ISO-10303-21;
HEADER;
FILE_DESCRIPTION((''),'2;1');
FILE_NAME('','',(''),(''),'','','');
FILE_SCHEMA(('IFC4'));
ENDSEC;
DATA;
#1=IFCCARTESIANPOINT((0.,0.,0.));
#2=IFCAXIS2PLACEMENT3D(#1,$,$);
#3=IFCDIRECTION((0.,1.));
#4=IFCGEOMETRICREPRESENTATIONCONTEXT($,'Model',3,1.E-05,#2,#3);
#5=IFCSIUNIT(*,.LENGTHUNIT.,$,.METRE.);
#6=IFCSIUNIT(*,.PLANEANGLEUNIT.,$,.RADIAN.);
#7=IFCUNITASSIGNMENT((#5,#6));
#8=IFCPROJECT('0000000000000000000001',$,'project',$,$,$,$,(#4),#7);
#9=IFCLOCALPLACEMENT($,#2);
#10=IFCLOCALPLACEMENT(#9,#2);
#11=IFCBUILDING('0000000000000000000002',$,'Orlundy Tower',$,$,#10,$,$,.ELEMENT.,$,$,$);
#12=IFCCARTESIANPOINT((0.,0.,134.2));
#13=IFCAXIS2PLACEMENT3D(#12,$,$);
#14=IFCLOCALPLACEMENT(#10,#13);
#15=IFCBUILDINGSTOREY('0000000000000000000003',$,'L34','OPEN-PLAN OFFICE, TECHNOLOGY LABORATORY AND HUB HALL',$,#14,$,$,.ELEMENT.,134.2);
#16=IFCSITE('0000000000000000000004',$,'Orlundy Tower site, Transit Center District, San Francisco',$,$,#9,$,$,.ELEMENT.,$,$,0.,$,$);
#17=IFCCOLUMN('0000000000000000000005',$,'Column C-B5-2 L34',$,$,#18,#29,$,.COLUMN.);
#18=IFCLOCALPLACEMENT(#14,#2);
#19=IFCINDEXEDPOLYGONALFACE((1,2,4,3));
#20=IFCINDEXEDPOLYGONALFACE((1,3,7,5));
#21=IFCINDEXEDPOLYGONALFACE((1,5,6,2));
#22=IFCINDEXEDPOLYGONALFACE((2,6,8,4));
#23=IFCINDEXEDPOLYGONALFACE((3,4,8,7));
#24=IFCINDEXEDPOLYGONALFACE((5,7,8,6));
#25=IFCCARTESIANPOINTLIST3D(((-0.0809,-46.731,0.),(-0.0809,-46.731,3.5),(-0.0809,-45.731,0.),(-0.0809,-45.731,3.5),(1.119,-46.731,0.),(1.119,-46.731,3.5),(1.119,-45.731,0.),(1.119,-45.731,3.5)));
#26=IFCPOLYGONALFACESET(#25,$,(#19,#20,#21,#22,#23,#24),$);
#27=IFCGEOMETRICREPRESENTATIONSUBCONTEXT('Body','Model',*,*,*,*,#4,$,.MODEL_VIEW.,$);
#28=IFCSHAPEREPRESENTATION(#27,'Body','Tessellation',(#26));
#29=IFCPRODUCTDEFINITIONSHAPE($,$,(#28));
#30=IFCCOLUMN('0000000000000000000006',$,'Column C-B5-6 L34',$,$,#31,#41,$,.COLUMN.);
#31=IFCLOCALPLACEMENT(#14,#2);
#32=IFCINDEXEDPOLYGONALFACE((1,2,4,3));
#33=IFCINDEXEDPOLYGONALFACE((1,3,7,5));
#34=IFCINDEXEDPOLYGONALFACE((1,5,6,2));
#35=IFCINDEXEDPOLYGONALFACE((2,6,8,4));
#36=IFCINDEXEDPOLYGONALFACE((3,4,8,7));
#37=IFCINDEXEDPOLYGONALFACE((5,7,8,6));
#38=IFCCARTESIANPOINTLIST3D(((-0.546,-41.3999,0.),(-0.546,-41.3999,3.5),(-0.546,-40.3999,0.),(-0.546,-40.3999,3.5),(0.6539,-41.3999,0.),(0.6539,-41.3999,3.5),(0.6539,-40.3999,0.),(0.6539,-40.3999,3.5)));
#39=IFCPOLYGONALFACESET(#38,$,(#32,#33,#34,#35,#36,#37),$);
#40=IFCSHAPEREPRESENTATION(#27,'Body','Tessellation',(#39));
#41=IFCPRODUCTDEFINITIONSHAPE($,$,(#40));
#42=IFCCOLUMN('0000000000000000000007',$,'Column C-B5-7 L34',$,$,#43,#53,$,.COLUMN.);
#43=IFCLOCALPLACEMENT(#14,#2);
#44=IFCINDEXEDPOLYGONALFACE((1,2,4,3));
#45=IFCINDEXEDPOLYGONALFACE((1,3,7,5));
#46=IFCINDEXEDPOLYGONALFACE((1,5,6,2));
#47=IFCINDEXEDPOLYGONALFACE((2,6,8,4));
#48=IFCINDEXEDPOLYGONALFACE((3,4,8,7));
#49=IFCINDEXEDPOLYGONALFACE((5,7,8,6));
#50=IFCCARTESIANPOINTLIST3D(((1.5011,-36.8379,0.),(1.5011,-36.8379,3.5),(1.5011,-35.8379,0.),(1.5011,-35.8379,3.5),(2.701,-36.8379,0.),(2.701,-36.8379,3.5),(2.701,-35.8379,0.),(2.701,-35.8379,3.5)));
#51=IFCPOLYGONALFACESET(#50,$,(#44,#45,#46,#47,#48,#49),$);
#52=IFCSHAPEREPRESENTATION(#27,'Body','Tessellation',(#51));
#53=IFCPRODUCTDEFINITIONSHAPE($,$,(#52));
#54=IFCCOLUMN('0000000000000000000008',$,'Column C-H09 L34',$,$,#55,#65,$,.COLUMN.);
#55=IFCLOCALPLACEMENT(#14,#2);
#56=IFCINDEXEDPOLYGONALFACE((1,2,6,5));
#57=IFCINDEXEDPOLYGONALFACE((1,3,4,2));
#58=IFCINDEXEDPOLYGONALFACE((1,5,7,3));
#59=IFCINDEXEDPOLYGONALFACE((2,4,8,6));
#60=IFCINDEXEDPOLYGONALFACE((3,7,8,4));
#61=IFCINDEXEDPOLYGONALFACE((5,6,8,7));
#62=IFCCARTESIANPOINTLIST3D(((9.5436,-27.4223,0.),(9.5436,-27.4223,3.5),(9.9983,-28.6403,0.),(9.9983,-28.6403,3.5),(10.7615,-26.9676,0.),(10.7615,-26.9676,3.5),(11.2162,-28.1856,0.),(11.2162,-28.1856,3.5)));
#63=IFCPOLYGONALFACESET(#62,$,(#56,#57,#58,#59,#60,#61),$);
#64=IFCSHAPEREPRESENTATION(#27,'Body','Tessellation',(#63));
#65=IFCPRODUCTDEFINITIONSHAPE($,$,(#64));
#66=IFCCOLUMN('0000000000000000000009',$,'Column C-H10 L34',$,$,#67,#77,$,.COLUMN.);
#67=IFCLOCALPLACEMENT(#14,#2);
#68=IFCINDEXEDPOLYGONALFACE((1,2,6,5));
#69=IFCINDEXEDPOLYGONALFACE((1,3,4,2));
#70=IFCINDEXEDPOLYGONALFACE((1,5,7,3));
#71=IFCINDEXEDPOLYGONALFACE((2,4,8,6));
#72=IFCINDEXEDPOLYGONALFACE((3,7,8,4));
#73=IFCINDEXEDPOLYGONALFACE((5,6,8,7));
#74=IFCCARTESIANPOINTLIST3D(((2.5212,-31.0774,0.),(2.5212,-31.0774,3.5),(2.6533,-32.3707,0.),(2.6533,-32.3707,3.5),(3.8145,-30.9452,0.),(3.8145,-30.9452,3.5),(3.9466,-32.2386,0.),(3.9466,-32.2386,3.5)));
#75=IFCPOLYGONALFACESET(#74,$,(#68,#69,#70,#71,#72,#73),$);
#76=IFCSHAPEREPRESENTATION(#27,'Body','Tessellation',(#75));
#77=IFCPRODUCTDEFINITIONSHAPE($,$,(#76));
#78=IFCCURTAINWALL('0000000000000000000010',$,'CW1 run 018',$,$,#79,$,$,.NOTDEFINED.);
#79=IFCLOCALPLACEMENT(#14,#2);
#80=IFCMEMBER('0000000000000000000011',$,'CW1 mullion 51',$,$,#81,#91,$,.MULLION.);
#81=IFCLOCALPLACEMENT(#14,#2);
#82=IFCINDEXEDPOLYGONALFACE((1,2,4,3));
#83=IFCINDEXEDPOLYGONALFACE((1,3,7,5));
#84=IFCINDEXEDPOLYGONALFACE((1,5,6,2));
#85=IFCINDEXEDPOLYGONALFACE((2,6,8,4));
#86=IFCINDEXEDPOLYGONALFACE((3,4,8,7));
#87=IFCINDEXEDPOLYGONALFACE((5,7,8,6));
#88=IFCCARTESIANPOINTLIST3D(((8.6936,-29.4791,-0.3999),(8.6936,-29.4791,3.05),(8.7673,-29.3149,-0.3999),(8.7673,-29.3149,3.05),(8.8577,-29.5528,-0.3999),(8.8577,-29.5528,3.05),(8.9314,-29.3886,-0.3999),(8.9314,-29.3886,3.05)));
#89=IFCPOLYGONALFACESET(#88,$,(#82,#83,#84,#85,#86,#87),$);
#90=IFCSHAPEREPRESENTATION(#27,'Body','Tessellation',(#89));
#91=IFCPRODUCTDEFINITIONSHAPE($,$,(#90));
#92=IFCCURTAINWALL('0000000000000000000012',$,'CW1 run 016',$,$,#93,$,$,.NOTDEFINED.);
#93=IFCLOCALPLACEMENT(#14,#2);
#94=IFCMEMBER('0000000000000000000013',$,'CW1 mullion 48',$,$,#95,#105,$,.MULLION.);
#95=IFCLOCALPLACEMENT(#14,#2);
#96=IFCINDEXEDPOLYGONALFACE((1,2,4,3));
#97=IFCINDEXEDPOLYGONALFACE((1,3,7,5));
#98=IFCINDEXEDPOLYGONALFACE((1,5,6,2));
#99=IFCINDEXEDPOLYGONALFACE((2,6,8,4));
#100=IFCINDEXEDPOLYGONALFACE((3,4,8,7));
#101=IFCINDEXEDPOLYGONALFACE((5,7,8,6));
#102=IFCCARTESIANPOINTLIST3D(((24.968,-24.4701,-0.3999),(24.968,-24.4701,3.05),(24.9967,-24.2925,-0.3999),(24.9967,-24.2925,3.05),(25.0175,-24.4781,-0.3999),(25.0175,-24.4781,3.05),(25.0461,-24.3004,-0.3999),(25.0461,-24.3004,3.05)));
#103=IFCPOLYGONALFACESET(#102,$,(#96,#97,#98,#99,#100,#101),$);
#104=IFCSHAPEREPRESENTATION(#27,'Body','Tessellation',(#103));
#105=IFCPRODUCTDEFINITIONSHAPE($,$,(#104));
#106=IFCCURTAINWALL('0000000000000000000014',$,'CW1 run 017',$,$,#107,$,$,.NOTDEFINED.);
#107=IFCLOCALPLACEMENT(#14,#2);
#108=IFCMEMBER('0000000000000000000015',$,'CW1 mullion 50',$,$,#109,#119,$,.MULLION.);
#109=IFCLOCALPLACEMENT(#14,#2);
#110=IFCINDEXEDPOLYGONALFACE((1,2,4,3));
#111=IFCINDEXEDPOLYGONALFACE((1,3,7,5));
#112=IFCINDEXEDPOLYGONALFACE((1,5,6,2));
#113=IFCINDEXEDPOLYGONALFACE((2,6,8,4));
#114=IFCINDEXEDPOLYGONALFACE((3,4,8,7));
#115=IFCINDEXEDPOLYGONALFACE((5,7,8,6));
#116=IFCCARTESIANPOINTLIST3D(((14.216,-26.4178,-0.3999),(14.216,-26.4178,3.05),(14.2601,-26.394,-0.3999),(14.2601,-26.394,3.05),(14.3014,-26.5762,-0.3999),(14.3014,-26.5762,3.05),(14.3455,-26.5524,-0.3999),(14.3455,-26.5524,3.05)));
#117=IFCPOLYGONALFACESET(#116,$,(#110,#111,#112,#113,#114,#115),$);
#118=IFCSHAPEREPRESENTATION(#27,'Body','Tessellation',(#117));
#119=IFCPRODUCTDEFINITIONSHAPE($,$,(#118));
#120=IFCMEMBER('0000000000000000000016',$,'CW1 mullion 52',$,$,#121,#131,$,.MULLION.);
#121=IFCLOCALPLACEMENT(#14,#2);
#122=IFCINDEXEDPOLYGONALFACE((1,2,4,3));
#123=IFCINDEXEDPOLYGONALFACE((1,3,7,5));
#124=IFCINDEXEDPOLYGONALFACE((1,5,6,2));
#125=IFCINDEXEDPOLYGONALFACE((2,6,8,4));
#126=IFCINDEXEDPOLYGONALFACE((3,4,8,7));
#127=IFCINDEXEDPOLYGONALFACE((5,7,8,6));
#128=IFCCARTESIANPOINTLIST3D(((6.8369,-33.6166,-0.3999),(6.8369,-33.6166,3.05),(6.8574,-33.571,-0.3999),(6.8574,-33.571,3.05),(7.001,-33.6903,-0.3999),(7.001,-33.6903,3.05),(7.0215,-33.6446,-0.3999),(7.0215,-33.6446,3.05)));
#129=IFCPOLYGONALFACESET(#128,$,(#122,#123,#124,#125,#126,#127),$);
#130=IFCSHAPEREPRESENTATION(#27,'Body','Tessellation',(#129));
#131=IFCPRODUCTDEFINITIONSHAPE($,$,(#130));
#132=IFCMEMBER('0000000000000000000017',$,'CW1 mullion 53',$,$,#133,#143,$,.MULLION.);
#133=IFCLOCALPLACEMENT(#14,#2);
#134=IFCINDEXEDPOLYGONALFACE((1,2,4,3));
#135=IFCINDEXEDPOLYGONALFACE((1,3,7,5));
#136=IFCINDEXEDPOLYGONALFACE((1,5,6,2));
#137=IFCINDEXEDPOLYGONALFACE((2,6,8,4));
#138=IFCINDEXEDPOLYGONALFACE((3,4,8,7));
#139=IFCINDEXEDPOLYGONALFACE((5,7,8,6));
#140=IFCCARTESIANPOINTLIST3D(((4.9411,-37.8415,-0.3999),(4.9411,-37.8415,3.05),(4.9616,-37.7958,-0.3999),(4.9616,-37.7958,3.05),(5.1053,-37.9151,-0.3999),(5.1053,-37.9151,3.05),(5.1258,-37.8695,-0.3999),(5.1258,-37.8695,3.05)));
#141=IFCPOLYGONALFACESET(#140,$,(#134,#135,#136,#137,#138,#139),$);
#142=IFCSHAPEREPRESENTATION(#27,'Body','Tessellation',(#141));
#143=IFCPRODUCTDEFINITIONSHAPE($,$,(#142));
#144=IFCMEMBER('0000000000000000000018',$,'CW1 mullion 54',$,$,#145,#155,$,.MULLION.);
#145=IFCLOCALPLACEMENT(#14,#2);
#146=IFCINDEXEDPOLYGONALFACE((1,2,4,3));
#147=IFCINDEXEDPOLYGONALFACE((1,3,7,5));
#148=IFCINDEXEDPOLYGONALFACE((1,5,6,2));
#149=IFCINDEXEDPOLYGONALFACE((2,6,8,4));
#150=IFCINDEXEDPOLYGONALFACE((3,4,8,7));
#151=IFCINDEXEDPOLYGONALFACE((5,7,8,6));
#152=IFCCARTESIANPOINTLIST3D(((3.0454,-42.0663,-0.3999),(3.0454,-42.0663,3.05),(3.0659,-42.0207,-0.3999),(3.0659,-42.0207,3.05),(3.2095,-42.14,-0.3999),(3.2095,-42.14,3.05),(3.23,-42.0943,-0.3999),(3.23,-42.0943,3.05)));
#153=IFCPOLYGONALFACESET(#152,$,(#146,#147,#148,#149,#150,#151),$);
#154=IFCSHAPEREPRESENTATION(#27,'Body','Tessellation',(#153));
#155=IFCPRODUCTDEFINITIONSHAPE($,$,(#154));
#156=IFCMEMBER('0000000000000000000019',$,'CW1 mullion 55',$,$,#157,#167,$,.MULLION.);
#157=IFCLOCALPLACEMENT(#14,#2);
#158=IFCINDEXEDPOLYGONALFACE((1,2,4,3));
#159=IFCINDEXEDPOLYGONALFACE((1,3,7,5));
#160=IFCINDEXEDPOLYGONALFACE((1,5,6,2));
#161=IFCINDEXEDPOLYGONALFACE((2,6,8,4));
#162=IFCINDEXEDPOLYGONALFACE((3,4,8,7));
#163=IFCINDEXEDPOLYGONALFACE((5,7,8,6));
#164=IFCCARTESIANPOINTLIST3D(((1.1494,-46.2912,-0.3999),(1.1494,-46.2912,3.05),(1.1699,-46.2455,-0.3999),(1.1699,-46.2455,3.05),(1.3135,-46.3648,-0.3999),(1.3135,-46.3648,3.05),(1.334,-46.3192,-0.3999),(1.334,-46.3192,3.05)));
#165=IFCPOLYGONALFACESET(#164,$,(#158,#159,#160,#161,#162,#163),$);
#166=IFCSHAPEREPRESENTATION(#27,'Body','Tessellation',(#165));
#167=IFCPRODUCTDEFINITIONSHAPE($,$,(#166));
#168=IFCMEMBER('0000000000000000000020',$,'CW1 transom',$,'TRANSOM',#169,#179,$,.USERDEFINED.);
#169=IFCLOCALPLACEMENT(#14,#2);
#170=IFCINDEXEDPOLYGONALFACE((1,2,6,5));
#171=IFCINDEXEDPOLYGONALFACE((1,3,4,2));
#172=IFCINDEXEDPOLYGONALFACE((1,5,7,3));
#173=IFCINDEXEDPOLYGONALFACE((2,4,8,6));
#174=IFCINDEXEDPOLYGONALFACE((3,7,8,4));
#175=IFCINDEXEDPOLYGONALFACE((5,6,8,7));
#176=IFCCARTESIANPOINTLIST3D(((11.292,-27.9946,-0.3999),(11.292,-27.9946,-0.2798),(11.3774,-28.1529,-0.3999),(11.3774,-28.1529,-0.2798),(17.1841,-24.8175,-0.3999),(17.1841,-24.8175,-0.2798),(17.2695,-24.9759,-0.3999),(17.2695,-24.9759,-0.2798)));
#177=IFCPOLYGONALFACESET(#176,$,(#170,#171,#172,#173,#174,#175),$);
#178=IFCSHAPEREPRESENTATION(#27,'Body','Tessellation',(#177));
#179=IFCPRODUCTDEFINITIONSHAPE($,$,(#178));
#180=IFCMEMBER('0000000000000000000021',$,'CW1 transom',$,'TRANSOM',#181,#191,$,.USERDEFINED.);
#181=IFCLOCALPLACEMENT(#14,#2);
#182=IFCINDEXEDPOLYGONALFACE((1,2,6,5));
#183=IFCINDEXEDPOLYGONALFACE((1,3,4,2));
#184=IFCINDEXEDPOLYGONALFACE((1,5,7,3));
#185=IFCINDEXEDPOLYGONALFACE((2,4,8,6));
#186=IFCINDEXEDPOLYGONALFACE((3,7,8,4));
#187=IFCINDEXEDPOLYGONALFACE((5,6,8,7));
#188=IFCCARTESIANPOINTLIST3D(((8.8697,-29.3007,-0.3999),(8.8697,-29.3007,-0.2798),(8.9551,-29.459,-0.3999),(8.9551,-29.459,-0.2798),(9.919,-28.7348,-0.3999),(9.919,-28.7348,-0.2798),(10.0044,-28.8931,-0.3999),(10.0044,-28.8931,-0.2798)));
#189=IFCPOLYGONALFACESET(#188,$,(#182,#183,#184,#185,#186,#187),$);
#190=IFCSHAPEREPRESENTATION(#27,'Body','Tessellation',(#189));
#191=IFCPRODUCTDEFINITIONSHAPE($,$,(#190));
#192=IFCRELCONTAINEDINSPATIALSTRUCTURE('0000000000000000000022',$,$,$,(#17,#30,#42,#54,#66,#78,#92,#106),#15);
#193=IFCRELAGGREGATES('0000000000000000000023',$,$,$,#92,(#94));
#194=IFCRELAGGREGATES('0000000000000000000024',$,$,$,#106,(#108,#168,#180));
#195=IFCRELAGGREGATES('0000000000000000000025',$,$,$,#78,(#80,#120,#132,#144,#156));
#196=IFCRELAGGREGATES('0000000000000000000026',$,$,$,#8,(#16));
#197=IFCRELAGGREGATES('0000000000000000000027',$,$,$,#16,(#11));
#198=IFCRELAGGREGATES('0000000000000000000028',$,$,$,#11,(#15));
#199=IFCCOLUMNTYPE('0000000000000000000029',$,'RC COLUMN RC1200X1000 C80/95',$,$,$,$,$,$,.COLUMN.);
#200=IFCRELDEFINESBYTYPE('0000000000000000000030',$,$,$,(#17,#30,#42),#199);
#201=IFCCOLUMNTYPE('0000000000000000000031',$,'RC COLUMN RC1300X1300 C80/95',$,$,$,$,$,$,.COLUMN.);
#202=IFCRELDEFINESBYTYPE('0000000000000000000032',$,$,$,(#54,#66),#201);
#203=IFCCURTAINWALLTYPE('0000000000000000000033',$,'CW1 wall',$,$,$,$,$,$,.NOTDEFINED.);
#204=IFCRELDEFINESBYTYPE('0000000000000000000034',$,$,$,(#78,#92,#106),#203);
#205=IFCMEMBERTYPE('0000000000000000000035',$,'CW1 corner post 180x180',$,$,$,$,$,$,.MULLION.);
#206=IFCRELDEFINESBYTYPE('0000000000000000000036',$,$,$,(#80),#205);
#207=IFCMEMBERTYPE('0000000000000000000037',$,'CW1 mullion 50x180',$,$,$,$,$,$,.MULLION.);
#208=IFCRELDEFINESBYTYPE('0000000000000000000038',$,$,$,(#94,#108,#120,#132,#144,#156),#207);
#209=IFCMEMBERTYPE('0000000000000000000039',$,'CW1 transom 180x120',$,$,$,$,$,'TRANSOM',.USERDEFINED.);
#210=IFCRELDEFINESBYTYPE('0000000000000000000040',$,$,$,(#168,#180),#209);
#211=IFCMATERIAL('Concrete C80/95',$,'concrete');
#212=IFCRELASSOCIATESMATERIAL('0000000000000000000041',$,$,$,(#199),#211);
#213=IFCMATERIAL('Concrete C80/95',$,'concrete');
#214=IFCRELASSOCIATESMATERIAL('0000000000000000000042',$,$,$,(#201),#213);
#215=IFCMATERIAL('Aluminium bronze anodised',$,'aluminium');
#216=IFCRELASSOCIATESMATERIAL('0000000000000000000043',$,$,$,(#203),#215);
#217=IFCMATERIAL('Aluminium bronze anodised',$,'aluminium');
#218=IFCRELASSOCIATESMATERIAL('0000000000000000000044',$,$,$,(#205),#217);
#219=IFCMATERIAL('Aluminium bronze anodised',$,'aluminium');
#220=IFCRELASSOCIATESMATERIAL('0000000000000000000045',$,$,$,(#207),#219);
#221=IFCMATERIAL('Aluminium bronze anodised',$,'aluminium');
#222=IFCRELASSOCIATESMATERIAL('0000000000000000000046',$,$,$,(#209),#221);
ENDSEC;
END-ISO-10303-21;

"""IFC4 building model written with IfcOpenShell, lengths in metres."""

from ifc_helpers import new_model, si_unit, direction, frame, origin, origin_2d, place, context, subcontext, project, spatial, rectangle, extrude, material, material_profile, profile_set, type_object, element, aggregate, save


model = new_model("IFC4")

# Units and contexts
model_context = context("Model", 3, precision=1e-05, world=origin(), true_north=direction((0.0, 1.0)))
body_context = subcontext(model_context, "Body", "Model", "MODEL_VIEW")
ifc_project = project(units=[si_unit("LENGTHUNIT", "METRE"), si_unit("PLANEANGLEUNIT", "RADIAN")], contexts=[model_context])

# Site, building, storey
site_placement = place(None, origin())
site = spatial("IfcSite", under=ifc_project, at=site_placement, Name="Orlundy Tower site, Transit Center District, San Francisco", CompositionType="ELEMENT", RefElevation=0.0)
building_placement = place(site_placement, origin())
building = spatial("IfcBuilding", under=site, at=building_placement, Name="Orlundy Tower", CompositionType="ELEMENT")
storey_placement = place(building_placement, frame((0.0, 0.0, 134.2)))
storey = spatial("IfcBuildingStorey", under=building, at=storey_placement, Name="L34", Description="OPEN-PLAN OFFICE, TECHNOLOGY LABORATORY AND HUB HALL", CompositionType="ELEMENT", Elevation=134.2)

# Columns
ifc_material_1 = material(Name="Concrete C80/95", Category="concrete")
ifc_material_profile_1 = material_profile(ifc_material_1, rectangle(XDim=1.2, YDim=1.0, at=origin_2d()), Name="RC1200X1000")
ifc_profile_set_1 = profile_set([ifc_material_profile_1], Name="Concrete C80/95")
column_type_1 = type_object("IfcColumnType", Name="RC COLUMN RC1200X1000 C80/95", PredefinedType="COLUMN", material=ifc_profile_set_1)
for number, where, z_axis, x_axis, name in (
    (1, (0.519, -46.231, 0.0), (0.0, 0.0, 1.0), (1.0, 0.0, 0.0), "Column C-B5-2 L34"),
    (2, (0.054, -40.8999, 0.0), (0.0, 0.0, 1.0), (1.0, 0.0, 0.0), "Column C-B5-6 L34"),
    (3, (2.1011, -36.3379, 0.0), (0.0, 0.0, 1.0), (1.0, 0.0, 0.0), "Column C-B5-7 L34"),
):
    element("IfcColumn", number, at=place(storey_placement, frame(where, z_axis=z_axis, x_axis=x_axis)), inside=storey, type_object=column_type_1, Name=name, PredefinedType="COLUMN", context=body_context, shape_type="SweptSolid", body=[
        extrude(rectangle(XDim=1.2, YDim=1.0, at=origin_2d()), origin(), (0.0, 0.0, 1.0), 3.5),
    ])
ifc_material_2 = material(Name="Concrete C80/95", Category="concrete")
ifc_material_profile_2 = material_profile(ifc_material_2, rectangle(XDim=1.3, YDim=1.3, at=origin_2d()), Name="RC1300X1300")
ifc_profile_set_2 = profile_set([ifc_material_profile_2], Name="Concrete C80/95")
column_type_2 = type_object("IfcColumnType", Name="RC COLUMN RC1300X1300 C80/95", PredefinedType="COLUMN", material=ifc_profile_set_2)
for number, where, z_axis, x_axis, name in (
    (4, (10.3799, -27.804, 0.0), (0.0, 0.0, 1.0), (0.34975, -0.936843, 0.0), "Column C-H09 L34"),
    (5, (3.2339, -31.658, 0.0), (0.0, 0.0, 1.0), (0.101629, -0.994822, 0.0), "Column C-H10 L34"),
):
    element("IfcColumn", number, at=place(storey_placement, frame(where, z_axis=z_axis, x_axis=x_axis)), inside=storey, type_object=column_type_2, Name=name, PredefinedType="COLUMN", context=body_context, shape_type="SweptSolid", body=[
        extrude(rectangle(XDim=1.3, YDim=1.3, at=origin_2d()), origin(), (0.0, 0.0, 1.0), 3.5),
    ])

# Curtain walls, members
ifc_material_3 = material(Name="Aluminium bronze anodised", Category="aluminium")
curtain_wall_type = type_object("IfcCurtainWallType", Name="CW1 wall", PredefinedType="NOTDEFINED", material=ifc_material_3)
curtain_wall_1_placement = place(storey_placement, origin())
curtain_wall_1 = element("IfcCurtainWall", 6, at=curtain_wall_1_placement, inside=storey, type_object=curtain_wall_type, Name="CW1 run 018", PredefinedType="NOTDEFINED")
ifc_material_4 = material(Name="Aluminium bronze anodised", Category="aluminium")
ifc_material_profile_3 = material_profile(ifc_material_4, rectangle(XDim=0.1799, YDim=0.1799, at=origin_2d()), Name="CW1 corner post 180x180")
ifc_profile_set_3 = profile_set([ifc_material_profile_3], Name="Aluminium bronze anodised")
member_type_1 = type_object("IfcMemberType", Name="CW1 corner post 180x180", PredefinedType="MULLION", material=ifc_profile_set_3)
member_1_placement = place(storey_placement, frame((8.8125, -29.4338, -0.3999), z_axis=(0.0, 0.0, 1.0), x_axis=(0.912353, -0.409405, 0.0)))
member_1 = element("IfcMember", 7, at=member_1_placement, type_object=member_type_1, Name="CW1 mullion 51", PredefinedType="MULLION", context=body_context, shape_type="SweptSolid", body=[
    extrude(rectangle(XDim=0.1799, YDim=0.1799, at=origin_2d()), origin(), (0.0, 0.0, 1.0), 3.45),
])
curtain_wall_2_placement = place(storey_placement, origin())
curtain_wall_2 = element("IfcCurtainWall", 8, at=curtain_wall_2_placement, inside=storey, type_object=curtain_wall_type, Name="CW1 run 016", PredefinedType="NOTDEFINED")
ifc_material_5 = material(Name="Aluminium bronze anodised", Category="aluminium")
ifc_material_profile_4 = material_profile(ifc_material_5, rectangle(XDim=0.1799, YDim=0.05, at=origin_2d()), Name="CW1 mullion 50x180")
ifc_profile_set_4 = profile_set([ifc_material_profile_4], Name="Aluminium bronze anodised")
member_type_2 = type_object("IfcMemberType", Name="CW1 mullion 50x180", PredefinedType="MULLION", material=ifc_profile_set_4)
member_2_placement = place(storey_placement, frame((25.0071, -24.3853, -0.3999), z_axis=(0.0, 0.0, 1.0), x_axis=(-0.159311, -0.987228, 0.0)))
member_2 = element("IfcMember", 9, at=member_2_placement, type_object=member_type_2, Name="CW1 mullion 48", PredefinedType="MULLION", context=body_context, shape_type="SweptSolid", body=[
    extrude(rectangle(XDim=0.1799, YDim=0.05, at=origin_2d()), origin(), (0.0, 0.0, 1.0), 3.45),
])
curtain_wall_3_placement = place(storey_placement, origin())
curtain_wall_3 = element("IfcCurtainWall", 10, at=curtain_wall_3_placement, inside=storey, type_object=curtain_wall_type, Name="CW1 run 017", PredefinedType="NOTDEFINED")
member_3_placement = place(storey_placement, frame((14.2808, -26.4851, -0.3999), z_axis=(0.0, 0.0, 1.0), x_axis=(0.474616, -0.880193, 0.0)))
member_3 = element("IfcMember", 11, at=member_3_placement, type_object=member_type_2, Name="CW1 mullion 50", PredefinedType="MULLION", context=body_context, shape_type="SweptSolid", body=[
    extrude(rectangle(XDim=0.1799, YDim=0.05, at=origin_2d()), origin(), (0.0, 0.0, 1.0), 3.45),
])

# Members
member_4_placement = place(storey_placement, frame((6.9292, -33.6306, -0.3999), z_axis=(0.0, 0.0, 1.0), x_axis=(0.912353, -0.409405, 0.0)))
member_4 = element("IfcMember", 12, at=member_4_placement, type_object=member_type_2, Name="CW1 mullion 52", PredefinedType="MULLION", context=body_context, shape_type="SweptSolid", body=[
    extrude(rectangle(XDim=0.1799, YDim=0.05, at=origin_2d()), origin(), (0.0, 0.0, 1.0), 3.45),
])
member_5_placement = place(storey_placement, frame((5.0334, -37.8555, -0.3999), z_axis=(0.0, 0.0, 1.0), x_axis=(0.912353, -0.409405, 0.0)))
member_5 = element("IfcMember", 13, at=member_5_placement, type_object=member_type_2, Name="CW1 mullion 53", PredefinedType="MULLION", context=body_context, shape_type="SweptSolid", body=[
    extrude(rectangle(XDim=0.1799, YDim=0.05, at=origin_2d()), origin(), (0.0, 0.0, 1.0), 3.45),
])
member_6_placement = place(storey_placement, frame((3.1377, -42.0803, -0.3999), z_axis=(0.0, 0.0, 1.0), x_axis=(0.912353, -0.409405, 0.0)))
member_6 = element("IfcMember", 14, at=member_6_placement, type_object=member_type_2, Name="CW1 mullion 54", PredefinedType="MULLION", context=body_context, shape_type="SweptSolid", body=[
    extrude(rectangle(XDim=0.1799, YDim=0.05, at=origin_2d()), origin(), (0.0, 0.0, 1.0), 3.45),
])
member_7_placement = place(storey_placement, frame((1.2417, -46.3052, -0.3999), z_axis=(0.0, 0.0, 1.0), x_axis=(0.912353, -0.409405, 0.0)))
member_7 = element("IfcMember", 15, at=member_7_placement, type_object=member_type_2, Name="CW1 mullion 55", PredefinedType="MULLION", context=body_context, shape_type="SweptSolid", body=[
    extrude(rectangle(XDim=0.1799, YDim=0.05, at=origin_2d()), origin(), (0.0, 0.0, 1.0), 3.45),
])
ifc_material_6 = material(Name="Aluminium bronze anodised", Category="aluminium")
ifc_material_profile_5 = material_profile(ifc_material_6, rectangle(XDim=0.1799, YDim=0.1201, at=origin_2d()), Name="CW1 transom 180x120")
ifc_profile_set_5 = profile_set([ifc_material_profile_5], Name="Aluminium bronze anodised")
member_type_3 = type_object("IfcMemberType", Name="CW1 transom 180x120", ElementType="TRANSOM", PredefinedType="USERDEFINED", material=ifc_profile_set_5)
member_8_placement = place(storey_placement, frame((17.2268, -24.8967, -0.3398), z_axis=(-0.8802, -0.474602, 0.0), x_axis=(0.474602, -0.8802, 0.0)))
member_8 = element("IfcMember", 16, at=member_8_placement, type_object=member_type_3, Name="CW1 transom", ObjectType="TRANSOM", PredefinedType="USERDEFINED", context=body_context, shape_type="SweptSolid", body=[
    extrude(rectangle(XDim=0.1799, YDim=0.1201, at=origin_2d()), origin(), (0.0, 0.0, 1.0), 6.6941),
])
member_9_placement = place(storey_placement, frame((9.9617, -28.814, -0.3398), z_axis=(-0.880155, -0.474686, 0.0), x_axis=(0.474686, -0.880155, 0.0)))
member_9 = element("IfcMember", 17, at=member_9_placement, type_object=member_type_3, Name="CW1 transom", ObjectType="TRANSOM", PredefinedType="USERDEFINED", context=body_context, shape_type="SweptSolid", body=[
    extrude(rectangle(XDim=0.1799, YDim=0.1201, at=origin_2d()), origin(), (0.0, 0.0, 1.0), 1.1921),
])

aggregate(curtain_wall_2, [member_2])
aggregate(curtain_wall_3, [member_3, member_8, member_9])
aggregate(curtain_wall_1, [member_1, member_4, member_5, member_6, member_7])

save(model, "model.ifc")
